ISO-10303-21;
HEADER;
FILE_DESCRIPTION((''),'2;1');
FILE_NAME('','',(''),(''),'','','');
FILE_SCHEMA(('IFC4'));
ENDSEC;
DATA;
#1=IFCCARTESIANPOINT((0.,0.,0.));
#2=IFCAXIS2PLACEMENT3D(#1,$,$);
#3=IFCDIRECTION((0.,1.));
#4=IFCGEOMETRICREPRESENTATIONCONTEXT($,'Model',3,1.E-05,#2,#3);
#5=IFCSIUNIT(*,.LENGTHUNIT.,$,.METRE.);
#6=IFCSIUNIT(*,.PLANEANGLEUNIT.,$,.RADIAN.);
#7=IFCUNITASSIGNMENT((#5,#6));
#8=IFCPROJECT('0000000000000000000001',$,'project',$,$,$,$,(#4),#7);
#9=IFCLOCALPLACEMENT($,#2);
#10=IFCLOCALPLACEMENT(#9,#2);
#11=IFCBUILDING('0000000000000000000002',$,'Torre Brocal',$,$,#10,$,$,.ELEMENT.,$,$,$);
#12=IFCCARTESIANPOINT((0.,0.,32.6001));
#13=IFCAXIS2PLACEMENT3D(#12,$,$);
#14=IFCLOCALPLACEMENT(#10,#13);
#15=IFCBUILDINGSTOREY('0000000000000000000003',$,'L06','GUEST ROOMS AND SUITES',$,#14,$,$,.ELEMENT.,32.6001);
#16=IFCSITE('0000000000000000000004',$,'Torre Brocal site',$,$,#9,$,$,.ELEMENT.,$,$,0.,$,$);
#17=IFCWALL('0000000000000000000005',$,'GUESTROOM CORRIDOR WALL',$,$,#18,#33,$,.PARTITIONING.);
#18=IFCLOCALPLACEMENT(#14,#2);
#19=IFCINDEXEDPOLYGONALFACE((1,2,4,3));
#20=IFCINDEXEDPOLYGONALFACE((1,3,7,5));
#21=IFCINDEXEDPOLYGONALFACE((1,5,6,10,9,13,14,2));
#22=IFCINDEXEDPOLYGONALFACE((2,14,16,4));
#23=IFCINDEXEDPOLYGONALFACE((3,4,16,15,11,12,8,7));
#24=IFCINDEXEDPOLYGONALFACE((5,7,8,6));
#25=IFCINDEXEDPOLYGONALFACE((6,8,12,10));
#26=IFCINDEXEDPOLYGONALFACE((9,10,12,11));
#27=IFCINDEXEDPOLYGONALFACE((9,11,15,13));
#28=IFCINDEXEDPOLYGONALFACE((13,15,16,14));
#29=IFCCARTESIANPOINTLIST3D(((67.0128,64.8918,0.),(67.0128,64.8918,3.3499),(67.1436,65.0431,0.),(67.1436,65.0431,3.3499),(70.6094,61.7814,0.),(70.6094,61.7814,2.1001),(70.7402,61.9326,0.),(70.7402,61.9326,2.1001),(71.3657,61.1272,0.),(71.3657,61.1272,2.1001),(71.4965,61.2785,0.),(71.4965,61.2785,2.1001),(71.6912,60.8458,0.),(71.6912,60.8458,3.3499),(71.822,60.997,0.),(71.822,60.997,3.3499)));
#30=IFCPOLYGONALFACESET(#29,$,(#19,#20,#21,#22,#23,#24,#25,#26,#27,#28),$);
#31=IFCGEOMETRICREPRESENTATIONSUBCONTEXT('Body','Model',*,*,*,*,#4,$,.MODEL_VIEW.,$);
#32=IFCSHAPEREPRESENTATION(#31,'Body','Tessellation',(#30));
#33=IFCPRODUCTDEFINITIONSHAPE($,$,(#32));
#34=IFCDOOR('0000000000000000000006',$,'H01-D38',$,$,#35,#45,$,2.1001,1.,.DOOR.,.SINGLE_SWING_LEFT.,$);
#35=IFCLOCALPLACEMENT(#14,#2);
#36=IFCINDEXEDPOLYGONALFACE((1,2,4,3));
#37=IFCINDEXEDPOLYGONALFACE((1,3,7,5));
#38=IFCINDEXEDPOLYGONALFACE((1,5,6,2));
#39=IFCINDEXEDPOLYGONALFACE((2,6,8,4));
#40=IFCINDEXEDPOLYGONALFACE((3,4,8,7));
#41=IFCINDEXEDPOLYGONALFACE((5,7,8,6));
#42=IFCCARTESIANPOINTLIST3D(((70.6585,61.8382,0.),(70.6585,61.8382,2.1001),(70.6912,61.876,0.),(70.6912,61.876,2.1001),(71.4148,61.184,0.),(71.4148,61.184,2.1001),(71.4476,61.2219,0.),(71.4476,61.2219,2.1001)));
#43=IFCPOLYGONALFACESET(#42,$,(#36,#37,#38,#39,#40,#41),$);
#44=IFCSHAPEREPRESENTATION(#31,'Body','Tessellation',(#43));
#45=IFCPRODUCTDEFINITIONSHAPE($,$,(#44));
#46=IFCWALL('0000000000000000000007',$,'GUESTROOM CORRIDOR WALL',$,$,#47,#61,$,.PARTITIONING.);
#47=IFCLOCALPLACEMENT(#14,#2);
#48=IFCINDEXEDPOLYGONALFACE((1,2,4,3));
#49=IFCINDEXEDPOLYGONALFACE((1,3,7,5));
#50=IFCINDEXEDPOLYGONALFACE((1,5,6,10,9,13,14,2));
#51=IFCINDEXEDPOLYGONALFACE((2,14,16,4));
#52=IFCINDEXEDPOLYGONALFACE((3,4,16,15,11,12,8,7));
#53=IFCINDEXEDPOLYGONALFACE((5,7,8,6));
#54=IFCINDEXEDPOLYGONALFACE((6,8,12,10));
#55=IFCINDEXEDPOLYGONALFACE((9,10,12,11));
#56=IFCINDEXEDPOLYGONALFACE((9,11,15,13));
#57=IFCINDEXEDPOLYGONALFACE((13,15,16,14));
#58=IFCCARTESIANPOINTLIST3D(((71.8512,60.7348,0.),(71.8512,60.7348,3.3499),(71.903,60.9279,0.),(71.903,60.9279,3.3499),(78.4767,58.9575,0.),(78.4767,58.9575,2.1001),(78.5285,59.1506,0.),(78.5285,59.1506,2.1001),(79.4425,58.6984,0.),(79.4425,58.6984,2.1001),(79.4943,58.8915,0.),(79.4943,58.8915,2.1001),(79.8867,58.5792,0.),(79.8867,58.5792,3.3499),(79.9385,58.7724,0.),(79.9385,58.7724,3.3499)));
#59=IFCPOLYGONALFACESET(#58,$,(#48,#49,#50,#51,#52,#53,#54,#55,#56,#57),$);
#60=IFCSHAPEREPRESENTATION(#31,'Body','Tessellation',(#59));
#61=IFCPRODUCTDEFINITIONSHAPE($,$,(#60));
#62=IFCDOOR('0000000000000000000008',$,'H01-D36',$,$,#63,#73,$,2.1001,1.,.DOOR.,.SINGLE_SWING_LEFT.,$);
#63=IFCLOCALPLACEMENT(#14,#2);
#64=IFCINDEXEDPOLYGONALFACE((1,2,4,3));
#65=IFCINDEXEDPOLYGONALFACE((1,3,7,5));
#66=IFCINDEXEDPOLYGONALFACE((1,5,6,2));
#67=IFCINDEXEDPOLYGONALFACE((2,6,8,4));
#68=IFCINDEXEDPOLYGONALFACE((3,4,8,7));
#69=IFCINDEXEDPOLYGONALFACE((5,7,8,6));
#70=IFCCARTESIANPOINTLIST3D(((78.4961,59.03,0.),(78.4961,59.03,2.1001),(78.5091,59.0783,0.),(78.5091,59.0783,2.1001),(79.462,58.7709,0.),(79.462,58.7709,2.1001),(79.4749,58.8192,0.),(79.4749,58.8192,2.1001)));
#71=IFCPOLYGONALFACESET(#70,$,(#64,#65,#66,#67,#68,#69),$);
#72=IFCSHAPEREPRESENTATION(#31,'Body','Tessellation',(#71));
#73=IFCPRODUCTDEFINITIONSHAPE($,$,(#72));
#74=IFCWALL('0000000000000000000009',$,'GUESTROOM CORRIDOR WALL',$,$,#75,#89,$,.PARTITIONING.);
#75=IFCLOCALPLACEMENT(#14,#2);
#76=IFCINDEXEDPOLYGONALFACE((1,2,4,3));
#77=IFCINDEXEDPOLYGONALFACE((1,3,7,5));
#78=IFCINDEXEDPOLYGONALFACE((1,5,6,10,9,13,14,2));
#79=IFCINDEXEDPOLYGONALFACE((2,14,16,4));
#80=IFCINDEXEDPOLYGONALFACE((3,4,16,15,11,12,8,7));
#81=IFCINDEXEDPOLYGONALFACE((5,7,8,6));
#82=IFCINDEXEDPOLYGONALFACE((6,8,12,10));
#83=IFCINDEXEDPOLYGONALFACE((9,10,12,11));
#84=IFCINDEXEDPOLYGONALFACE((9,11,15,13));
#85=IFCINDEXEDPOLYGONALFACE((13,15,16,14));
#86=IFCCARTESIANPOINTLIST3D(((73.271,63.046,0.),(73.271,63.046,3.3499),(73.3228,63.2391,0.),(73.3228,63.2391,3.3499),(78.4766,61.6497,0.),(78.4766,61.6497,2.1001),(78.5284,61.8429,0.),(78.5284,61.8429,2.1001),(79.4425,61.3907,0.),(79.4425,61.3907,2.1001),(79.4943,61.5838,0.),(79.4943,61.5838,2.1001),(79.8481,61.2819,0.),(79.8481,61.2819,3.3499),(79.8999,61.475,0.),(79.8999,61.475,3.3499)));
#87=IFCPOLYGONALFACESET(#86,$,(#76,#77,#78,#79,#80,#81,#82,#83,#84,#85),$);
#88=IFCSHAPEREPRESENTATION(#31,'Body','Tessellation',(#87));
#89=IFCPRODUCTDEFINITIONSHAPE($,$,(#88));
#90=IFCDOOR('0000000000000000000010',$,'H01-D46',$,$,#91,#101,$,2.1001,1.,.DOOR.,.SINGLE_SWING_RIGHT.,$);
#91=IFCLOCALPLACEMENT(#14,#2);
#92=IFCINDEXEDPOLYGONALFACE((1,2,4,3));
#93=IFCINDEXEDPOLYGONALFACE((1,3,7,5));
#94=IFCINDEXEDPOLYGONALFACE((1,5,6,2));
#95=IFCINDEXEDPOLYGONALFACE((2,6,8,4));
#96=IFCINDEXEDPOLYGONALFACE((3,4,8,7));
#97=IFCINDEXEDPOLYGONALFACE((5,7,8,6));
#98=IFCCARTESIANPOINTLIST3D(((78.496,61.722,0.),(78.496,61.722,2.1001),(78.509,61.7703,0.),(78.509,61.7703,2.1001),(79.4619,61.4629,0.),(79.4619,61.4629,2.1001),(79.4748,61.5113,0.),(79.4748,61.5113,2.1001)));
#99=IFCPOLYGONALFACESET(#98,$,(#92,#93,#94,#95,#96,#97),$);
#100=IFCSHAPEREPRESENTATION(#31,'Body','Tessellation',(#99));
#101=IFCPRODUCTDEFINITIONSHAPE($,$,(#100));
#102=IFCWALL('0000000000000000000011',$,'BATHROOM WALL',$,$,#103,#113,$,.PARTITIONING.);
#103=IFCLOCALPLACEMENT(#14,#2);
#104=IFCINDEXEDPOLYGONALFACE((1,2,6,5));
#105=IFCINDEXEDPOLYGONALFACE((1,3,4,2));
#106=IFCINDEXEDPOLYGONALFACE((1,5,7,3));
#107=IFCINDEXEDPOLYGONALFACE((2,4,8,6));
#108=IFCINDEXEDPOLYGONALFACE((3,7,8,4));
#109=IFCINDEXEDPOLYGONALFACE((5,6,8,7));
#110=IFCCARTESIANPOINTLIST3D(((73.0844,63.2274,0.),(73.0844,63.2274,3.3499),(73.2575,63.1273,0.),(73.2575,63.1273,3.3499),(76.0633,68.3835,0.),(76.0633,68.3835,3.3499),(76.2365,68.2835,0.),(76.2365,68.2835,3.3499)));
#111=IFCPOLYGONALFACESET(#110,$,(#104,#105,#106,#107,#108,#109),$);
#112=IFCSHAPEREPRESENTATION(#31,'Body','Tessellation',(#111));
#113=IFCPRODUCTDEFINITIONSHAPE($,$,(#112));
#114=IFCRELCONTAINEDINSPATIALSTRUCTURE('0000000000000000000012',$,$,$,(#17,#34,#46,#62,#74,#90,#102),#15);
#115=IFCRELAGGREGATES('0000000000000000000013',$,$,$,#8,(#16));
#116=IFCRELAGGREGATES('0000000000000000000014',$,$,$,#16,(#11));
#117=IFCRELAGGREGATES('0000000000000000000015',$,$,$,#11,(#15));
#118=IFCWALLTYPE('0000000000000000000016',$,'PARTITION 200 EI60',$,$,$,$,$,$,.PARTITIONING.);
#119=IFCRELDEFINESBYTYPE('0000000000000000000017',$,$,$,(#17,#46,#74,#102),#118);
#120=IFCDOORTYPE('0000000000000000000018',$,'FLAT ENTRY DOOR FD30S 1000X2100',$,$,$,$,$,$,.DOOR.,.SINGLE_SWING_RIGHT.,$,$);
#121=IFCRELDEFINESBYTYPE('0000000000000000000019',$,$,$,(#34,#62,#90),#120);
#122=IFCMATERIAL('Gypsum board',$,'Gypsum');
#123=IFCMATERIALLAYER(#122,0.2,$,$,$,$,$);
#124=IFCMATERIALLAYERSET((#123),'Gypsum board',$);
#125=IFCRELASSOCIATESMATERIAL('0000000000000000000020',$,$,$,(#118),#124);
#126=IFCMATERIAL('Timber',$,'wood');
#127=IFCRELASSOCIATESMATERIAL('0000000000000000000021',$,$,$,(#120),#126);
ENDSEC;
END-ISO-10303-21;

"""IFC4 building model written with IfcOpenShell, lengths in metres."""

from ifc_helpers import new_model, si_unit, direction, frame, frame_2d, origin, place, context, subcontext, project, spatial, rectangle, extrude, material, layer, layer_set, type_object, element, fill, save


model = new_model("IFC4")

# Units and contexts
model_context = context("Model", 3, precision=1e-05, world=origin(), true_north=direction((0.0, 1.0)))
body_context = subcontext(model_context, "Body", "Model", "MODEL_VIEW")
ifc_project = project(units=[si_unit("LENGTHUNIT", "METRE"), si_unit("PLANEANGLEUNIT", "RADIAN")], contexts=[model_context])

# Site, building, storey
site_placement = place(None, origin())
site = spatial("IfcSite", under=ifc_project, at=site_placement, Name="Torre Brocal site", CompositionType="ELEMENT", RefElevation=0.0)
building_placement = place(site_placement, origin())
building = spatial("IfcBuilding", under=site, at=building_placement, Name="Torre Brocal", CompositionType="ELEMENT")
storey_placement = place(building_placement, frame((0.0, 0.0, 32.6001)))
storey = spatial("IfcBuildingStorey", under=building, at=storey_placement, Name="L06", Description="GUEST ROOMS AND SUITES", CompositionType="ELEMENT", Elevation=32.6001)

# Walls, openings, doors
ifc_material_1 = material(Name="Gypsum board", Category="Gypsum")
ifc_layer_1 = layer(ifc_material_1, 0.2)
ifc_layer_set_1 = layer_set([ifc_layer_1], Name="Gypsum board")
wall_type_1 = type_object("IfcWallType", Name="PARTITION 200 EI60", PredefinedType="PARTITIONING", material=ifc_layer_set_1)
wall_1_placement = place(storey_placement, frame((67.0781, 64.9675, 0.0), z_axis=(0.0, 0.0, 1.0), x_axis=(0.756371, -0.654143, 0.0)))
wall_1 = element("IfcWall", 1, at=wall_1_placement, inside=storey, type_object=wall_type_1, Name="GUESTROOM CORRIDOR WALL", PredefinedType="PARTITIONING", context=body_context, shape_type="SweptSolid", body=[
    extrude(rectangle(XDim=6.1853, YDim=0.2, at=frame_2d((3.0928, 0.0))), origin(), (0.0, 0.0, 1.0), 3.3499),
])
opening_1_placement = place(wall_1_placement, frame((4.7551, 0.0, 0.0)))
opening_1 = element("IfcOpeningElement", 2, at=opening_1_placement, cuts=wall_1, PredefinedType="OPENING", context=body_context, shape_type="SweptSolid", body=[
    extrude(rectangle(XDim=1.0, YDim=2.1001, at=frame_2d((0.5, 1.05))), frame((0.0, 0.1099, 0.0), z_axis=(0.0, -1.0, 0.0), x_axis=(1.0, 0.0, 0.0)), (0.0, 0.0, 1.0), 0.22),
])
ifc_material_2 = material(Name="Timber", Category="wood")
door_type_1 = type_object("IfcDoorType", Name="FLAT ENTRY DOOR FD30S 1000X2100", OperationType="SINGLE_SWING_RIGHT", PredefinedType="DOOR", material=ifc_material_2)
door_1_placement = place(opening_1_placement, frame((1.0, 0.0, 0.0), z_axis=(0.0, 0.0, 1.0), x_axis=(-1.0, 0.0, 0.0)))
door_1 = element("IfcDoor", 3, at=door_1_placement, inside=storey, type_object=door_type_1, Name="H01-D38", OperationType="SINGLE_SWING_LEFT", OverallHeight=2.1001, OverallWidth=1.0, PredefinedType="DOOR", context=body_context, shape_type="SweptSolid", body=[
    extrude(rectangle(XDim=1.0, YDim=2.1001, at=frame_2d((0.5, 1.05))), frame((0.0, 0.0249, 0.0), z_axis=(0.0, -1.0, 0.0), x_axis=(1.0, 0.0, 0.0)), (0.0, 0.0, 1.0), 0.05),
])
fill(opening_1, door_1)
wall_2_placement = place(storey_placement, frame((71.8772, 60.8313, 0.0), z_axis=(0.0, 0.0, 1.0), x_axis=(0.965853, -0.259093, 0.0)))
wall_2 = element("IfcWall", 4, at=wall_2_placement, inside=storey, type_object=wall_type_1, Name="GUESTROOM CORRIDOR WALL", PredefinedType="PARTITIONING", context=body_context, shape_type="SweptSolid", body=[
    extrude(rectangle(XDim=8.3196, YDim=0.2, at=frame_2d((4.1597, 0.0))), origin(), (0.0, 0.0, 1.0), 3.3499),
])
opening_2_placement = place(wall_2_placement, frame((6.8596, 0.0, 0.0)))
opening_2 = element("IfcOpeningElement", 5, at=opening_2_placement, cuts=wall_2, PredefinedType="OPENING", context=body_context, shape_type="SweptSolid", body=[
    extrude(rectangle(XDim=1.0, YDim=2.1001, at=frame_2d((0.5, 1.05))), frame((0.0, 0.1099, 0.0), z_axis=(0.0, -1.0, 0.0), x_axis=(1.0, 0.0, 0.0)), (0.0, 0.0, 1.0), 0.22),
])
door_2_placement = place(opening_2_placement, frame((1.0, 0.0, 0.0), z_axis=(0.0, 0.0, 1.0), x_axis=(-1.0, 0.0, 0.0)))
door_2 = element("IfcDoor", 6, at=door_2_placement, inside=storey, type_object=door_type_1, Name="H01-D36", OperationType="SINGLE_SWING_LEFT", OverallHeight=2.1001, OverallWidth=1.0, PredefinedType="DOOR", context=body_context, shape_type="SweptSolid", body=[
    extrude(rectangle(XDim=1.0, YDim=2.1001, at=frame_2d((0.5, 1.05))), frame((0.0, 0.0249, 0.0), z_axis=(0.0, -1.0, 0.0), x_axis=(1.0, 0.0, 0.0)), (0.0, 0.0, 1.0), 0.05),
])
fill(opening_2, door_2)
wall_3_placement = place(storey_placement, frame((73.2969, 63.1426, 0.0), z_axis=(0.0, 0.0, 1.0), x_axis=(0.965859, -0.259068, 0.0)))
wall_3 = element("IfcWall", 7, at=wall_3_placement, inside=storey, type_object=wall_type_1, Name="GUESTROOM CORRIDOR WALL", PredefinedType="PARTITIONING", context=body_context, shape_type="SweptSolid", body=[
    extrude(rectangle(XDim=6.8096, YDim=0.2, at=frame_2d((3.4048, 0.0))), origin(), (0.0, 0.0, 1.0), 3.3499),
])
opening_3_placement = place(wall_3_placement, frame((5.3896, 0.0, 0.0)))
opening_3 = element("IfcOpeningElement", 8, at=opening_3_placement, cuts=wall_3, PredefinedType="OPENING", context=body_context, shape_type="SweptSolid", body=[
    extrude(rectangle(XDim=1.0, YDim=2.1001, at=frame_2d((0.5, 1.05))), frame((0.0, 0.1099, 0.0), z_axis=(0.0, -1.0, 0.0), x_axis=(1.0, 0.0, 0.0)), (0.0, 0.0, 1.0), 0.22),
])
door_3_placement = place(opening_3_placement, origin())
door_3 = element("IfcDoor", 9, at=door_3_placement, inside=storey, type_object=door_type_1, Name="H01-D46", OperationType="SINGLE_SWING_RIGHT", OverallHeight=2.1001, OverallWidth=1.0, PredefinedType="DOOR", context=body_context, shape_type="SweptSolid", body=[
    extrude(rectangle(XDim=1.0, YDim=2.1001, at=frame_2d((0.5, 1.05))), frame((0.0, 0.0249, 0.0), z_axis=(0.0, -1.0, 0.0), x_axis=(1.0, 0.0, 0.0)), (0.0, 0.0, 1.0), 0.05),
])
fill(opening_3, door_3)

# Wall
wall_4_placement = place(storey_placement, frame((73.1709, 63.1772, 0.0), z_axis=(0.0, 0.0, 1.0), x_axis=(0.500257, 0.865877, 0.0)))
element("IfcWall", 10, at=wall_4_placement, inside=storey, type_object=wall_type_1, Name="BATHROOM WALL", PredefinedType="PARTITIONING", context=body_context, shape_type="SweptSolid", body=[
    extrude(rectangle(XDim=5.9548, YDim=0.2, at=frame_2d((2.9775, 0.0))), origin(), (0.0, 0.0, 1.0), 3.3499),
])

save(model, "model.ifc")
